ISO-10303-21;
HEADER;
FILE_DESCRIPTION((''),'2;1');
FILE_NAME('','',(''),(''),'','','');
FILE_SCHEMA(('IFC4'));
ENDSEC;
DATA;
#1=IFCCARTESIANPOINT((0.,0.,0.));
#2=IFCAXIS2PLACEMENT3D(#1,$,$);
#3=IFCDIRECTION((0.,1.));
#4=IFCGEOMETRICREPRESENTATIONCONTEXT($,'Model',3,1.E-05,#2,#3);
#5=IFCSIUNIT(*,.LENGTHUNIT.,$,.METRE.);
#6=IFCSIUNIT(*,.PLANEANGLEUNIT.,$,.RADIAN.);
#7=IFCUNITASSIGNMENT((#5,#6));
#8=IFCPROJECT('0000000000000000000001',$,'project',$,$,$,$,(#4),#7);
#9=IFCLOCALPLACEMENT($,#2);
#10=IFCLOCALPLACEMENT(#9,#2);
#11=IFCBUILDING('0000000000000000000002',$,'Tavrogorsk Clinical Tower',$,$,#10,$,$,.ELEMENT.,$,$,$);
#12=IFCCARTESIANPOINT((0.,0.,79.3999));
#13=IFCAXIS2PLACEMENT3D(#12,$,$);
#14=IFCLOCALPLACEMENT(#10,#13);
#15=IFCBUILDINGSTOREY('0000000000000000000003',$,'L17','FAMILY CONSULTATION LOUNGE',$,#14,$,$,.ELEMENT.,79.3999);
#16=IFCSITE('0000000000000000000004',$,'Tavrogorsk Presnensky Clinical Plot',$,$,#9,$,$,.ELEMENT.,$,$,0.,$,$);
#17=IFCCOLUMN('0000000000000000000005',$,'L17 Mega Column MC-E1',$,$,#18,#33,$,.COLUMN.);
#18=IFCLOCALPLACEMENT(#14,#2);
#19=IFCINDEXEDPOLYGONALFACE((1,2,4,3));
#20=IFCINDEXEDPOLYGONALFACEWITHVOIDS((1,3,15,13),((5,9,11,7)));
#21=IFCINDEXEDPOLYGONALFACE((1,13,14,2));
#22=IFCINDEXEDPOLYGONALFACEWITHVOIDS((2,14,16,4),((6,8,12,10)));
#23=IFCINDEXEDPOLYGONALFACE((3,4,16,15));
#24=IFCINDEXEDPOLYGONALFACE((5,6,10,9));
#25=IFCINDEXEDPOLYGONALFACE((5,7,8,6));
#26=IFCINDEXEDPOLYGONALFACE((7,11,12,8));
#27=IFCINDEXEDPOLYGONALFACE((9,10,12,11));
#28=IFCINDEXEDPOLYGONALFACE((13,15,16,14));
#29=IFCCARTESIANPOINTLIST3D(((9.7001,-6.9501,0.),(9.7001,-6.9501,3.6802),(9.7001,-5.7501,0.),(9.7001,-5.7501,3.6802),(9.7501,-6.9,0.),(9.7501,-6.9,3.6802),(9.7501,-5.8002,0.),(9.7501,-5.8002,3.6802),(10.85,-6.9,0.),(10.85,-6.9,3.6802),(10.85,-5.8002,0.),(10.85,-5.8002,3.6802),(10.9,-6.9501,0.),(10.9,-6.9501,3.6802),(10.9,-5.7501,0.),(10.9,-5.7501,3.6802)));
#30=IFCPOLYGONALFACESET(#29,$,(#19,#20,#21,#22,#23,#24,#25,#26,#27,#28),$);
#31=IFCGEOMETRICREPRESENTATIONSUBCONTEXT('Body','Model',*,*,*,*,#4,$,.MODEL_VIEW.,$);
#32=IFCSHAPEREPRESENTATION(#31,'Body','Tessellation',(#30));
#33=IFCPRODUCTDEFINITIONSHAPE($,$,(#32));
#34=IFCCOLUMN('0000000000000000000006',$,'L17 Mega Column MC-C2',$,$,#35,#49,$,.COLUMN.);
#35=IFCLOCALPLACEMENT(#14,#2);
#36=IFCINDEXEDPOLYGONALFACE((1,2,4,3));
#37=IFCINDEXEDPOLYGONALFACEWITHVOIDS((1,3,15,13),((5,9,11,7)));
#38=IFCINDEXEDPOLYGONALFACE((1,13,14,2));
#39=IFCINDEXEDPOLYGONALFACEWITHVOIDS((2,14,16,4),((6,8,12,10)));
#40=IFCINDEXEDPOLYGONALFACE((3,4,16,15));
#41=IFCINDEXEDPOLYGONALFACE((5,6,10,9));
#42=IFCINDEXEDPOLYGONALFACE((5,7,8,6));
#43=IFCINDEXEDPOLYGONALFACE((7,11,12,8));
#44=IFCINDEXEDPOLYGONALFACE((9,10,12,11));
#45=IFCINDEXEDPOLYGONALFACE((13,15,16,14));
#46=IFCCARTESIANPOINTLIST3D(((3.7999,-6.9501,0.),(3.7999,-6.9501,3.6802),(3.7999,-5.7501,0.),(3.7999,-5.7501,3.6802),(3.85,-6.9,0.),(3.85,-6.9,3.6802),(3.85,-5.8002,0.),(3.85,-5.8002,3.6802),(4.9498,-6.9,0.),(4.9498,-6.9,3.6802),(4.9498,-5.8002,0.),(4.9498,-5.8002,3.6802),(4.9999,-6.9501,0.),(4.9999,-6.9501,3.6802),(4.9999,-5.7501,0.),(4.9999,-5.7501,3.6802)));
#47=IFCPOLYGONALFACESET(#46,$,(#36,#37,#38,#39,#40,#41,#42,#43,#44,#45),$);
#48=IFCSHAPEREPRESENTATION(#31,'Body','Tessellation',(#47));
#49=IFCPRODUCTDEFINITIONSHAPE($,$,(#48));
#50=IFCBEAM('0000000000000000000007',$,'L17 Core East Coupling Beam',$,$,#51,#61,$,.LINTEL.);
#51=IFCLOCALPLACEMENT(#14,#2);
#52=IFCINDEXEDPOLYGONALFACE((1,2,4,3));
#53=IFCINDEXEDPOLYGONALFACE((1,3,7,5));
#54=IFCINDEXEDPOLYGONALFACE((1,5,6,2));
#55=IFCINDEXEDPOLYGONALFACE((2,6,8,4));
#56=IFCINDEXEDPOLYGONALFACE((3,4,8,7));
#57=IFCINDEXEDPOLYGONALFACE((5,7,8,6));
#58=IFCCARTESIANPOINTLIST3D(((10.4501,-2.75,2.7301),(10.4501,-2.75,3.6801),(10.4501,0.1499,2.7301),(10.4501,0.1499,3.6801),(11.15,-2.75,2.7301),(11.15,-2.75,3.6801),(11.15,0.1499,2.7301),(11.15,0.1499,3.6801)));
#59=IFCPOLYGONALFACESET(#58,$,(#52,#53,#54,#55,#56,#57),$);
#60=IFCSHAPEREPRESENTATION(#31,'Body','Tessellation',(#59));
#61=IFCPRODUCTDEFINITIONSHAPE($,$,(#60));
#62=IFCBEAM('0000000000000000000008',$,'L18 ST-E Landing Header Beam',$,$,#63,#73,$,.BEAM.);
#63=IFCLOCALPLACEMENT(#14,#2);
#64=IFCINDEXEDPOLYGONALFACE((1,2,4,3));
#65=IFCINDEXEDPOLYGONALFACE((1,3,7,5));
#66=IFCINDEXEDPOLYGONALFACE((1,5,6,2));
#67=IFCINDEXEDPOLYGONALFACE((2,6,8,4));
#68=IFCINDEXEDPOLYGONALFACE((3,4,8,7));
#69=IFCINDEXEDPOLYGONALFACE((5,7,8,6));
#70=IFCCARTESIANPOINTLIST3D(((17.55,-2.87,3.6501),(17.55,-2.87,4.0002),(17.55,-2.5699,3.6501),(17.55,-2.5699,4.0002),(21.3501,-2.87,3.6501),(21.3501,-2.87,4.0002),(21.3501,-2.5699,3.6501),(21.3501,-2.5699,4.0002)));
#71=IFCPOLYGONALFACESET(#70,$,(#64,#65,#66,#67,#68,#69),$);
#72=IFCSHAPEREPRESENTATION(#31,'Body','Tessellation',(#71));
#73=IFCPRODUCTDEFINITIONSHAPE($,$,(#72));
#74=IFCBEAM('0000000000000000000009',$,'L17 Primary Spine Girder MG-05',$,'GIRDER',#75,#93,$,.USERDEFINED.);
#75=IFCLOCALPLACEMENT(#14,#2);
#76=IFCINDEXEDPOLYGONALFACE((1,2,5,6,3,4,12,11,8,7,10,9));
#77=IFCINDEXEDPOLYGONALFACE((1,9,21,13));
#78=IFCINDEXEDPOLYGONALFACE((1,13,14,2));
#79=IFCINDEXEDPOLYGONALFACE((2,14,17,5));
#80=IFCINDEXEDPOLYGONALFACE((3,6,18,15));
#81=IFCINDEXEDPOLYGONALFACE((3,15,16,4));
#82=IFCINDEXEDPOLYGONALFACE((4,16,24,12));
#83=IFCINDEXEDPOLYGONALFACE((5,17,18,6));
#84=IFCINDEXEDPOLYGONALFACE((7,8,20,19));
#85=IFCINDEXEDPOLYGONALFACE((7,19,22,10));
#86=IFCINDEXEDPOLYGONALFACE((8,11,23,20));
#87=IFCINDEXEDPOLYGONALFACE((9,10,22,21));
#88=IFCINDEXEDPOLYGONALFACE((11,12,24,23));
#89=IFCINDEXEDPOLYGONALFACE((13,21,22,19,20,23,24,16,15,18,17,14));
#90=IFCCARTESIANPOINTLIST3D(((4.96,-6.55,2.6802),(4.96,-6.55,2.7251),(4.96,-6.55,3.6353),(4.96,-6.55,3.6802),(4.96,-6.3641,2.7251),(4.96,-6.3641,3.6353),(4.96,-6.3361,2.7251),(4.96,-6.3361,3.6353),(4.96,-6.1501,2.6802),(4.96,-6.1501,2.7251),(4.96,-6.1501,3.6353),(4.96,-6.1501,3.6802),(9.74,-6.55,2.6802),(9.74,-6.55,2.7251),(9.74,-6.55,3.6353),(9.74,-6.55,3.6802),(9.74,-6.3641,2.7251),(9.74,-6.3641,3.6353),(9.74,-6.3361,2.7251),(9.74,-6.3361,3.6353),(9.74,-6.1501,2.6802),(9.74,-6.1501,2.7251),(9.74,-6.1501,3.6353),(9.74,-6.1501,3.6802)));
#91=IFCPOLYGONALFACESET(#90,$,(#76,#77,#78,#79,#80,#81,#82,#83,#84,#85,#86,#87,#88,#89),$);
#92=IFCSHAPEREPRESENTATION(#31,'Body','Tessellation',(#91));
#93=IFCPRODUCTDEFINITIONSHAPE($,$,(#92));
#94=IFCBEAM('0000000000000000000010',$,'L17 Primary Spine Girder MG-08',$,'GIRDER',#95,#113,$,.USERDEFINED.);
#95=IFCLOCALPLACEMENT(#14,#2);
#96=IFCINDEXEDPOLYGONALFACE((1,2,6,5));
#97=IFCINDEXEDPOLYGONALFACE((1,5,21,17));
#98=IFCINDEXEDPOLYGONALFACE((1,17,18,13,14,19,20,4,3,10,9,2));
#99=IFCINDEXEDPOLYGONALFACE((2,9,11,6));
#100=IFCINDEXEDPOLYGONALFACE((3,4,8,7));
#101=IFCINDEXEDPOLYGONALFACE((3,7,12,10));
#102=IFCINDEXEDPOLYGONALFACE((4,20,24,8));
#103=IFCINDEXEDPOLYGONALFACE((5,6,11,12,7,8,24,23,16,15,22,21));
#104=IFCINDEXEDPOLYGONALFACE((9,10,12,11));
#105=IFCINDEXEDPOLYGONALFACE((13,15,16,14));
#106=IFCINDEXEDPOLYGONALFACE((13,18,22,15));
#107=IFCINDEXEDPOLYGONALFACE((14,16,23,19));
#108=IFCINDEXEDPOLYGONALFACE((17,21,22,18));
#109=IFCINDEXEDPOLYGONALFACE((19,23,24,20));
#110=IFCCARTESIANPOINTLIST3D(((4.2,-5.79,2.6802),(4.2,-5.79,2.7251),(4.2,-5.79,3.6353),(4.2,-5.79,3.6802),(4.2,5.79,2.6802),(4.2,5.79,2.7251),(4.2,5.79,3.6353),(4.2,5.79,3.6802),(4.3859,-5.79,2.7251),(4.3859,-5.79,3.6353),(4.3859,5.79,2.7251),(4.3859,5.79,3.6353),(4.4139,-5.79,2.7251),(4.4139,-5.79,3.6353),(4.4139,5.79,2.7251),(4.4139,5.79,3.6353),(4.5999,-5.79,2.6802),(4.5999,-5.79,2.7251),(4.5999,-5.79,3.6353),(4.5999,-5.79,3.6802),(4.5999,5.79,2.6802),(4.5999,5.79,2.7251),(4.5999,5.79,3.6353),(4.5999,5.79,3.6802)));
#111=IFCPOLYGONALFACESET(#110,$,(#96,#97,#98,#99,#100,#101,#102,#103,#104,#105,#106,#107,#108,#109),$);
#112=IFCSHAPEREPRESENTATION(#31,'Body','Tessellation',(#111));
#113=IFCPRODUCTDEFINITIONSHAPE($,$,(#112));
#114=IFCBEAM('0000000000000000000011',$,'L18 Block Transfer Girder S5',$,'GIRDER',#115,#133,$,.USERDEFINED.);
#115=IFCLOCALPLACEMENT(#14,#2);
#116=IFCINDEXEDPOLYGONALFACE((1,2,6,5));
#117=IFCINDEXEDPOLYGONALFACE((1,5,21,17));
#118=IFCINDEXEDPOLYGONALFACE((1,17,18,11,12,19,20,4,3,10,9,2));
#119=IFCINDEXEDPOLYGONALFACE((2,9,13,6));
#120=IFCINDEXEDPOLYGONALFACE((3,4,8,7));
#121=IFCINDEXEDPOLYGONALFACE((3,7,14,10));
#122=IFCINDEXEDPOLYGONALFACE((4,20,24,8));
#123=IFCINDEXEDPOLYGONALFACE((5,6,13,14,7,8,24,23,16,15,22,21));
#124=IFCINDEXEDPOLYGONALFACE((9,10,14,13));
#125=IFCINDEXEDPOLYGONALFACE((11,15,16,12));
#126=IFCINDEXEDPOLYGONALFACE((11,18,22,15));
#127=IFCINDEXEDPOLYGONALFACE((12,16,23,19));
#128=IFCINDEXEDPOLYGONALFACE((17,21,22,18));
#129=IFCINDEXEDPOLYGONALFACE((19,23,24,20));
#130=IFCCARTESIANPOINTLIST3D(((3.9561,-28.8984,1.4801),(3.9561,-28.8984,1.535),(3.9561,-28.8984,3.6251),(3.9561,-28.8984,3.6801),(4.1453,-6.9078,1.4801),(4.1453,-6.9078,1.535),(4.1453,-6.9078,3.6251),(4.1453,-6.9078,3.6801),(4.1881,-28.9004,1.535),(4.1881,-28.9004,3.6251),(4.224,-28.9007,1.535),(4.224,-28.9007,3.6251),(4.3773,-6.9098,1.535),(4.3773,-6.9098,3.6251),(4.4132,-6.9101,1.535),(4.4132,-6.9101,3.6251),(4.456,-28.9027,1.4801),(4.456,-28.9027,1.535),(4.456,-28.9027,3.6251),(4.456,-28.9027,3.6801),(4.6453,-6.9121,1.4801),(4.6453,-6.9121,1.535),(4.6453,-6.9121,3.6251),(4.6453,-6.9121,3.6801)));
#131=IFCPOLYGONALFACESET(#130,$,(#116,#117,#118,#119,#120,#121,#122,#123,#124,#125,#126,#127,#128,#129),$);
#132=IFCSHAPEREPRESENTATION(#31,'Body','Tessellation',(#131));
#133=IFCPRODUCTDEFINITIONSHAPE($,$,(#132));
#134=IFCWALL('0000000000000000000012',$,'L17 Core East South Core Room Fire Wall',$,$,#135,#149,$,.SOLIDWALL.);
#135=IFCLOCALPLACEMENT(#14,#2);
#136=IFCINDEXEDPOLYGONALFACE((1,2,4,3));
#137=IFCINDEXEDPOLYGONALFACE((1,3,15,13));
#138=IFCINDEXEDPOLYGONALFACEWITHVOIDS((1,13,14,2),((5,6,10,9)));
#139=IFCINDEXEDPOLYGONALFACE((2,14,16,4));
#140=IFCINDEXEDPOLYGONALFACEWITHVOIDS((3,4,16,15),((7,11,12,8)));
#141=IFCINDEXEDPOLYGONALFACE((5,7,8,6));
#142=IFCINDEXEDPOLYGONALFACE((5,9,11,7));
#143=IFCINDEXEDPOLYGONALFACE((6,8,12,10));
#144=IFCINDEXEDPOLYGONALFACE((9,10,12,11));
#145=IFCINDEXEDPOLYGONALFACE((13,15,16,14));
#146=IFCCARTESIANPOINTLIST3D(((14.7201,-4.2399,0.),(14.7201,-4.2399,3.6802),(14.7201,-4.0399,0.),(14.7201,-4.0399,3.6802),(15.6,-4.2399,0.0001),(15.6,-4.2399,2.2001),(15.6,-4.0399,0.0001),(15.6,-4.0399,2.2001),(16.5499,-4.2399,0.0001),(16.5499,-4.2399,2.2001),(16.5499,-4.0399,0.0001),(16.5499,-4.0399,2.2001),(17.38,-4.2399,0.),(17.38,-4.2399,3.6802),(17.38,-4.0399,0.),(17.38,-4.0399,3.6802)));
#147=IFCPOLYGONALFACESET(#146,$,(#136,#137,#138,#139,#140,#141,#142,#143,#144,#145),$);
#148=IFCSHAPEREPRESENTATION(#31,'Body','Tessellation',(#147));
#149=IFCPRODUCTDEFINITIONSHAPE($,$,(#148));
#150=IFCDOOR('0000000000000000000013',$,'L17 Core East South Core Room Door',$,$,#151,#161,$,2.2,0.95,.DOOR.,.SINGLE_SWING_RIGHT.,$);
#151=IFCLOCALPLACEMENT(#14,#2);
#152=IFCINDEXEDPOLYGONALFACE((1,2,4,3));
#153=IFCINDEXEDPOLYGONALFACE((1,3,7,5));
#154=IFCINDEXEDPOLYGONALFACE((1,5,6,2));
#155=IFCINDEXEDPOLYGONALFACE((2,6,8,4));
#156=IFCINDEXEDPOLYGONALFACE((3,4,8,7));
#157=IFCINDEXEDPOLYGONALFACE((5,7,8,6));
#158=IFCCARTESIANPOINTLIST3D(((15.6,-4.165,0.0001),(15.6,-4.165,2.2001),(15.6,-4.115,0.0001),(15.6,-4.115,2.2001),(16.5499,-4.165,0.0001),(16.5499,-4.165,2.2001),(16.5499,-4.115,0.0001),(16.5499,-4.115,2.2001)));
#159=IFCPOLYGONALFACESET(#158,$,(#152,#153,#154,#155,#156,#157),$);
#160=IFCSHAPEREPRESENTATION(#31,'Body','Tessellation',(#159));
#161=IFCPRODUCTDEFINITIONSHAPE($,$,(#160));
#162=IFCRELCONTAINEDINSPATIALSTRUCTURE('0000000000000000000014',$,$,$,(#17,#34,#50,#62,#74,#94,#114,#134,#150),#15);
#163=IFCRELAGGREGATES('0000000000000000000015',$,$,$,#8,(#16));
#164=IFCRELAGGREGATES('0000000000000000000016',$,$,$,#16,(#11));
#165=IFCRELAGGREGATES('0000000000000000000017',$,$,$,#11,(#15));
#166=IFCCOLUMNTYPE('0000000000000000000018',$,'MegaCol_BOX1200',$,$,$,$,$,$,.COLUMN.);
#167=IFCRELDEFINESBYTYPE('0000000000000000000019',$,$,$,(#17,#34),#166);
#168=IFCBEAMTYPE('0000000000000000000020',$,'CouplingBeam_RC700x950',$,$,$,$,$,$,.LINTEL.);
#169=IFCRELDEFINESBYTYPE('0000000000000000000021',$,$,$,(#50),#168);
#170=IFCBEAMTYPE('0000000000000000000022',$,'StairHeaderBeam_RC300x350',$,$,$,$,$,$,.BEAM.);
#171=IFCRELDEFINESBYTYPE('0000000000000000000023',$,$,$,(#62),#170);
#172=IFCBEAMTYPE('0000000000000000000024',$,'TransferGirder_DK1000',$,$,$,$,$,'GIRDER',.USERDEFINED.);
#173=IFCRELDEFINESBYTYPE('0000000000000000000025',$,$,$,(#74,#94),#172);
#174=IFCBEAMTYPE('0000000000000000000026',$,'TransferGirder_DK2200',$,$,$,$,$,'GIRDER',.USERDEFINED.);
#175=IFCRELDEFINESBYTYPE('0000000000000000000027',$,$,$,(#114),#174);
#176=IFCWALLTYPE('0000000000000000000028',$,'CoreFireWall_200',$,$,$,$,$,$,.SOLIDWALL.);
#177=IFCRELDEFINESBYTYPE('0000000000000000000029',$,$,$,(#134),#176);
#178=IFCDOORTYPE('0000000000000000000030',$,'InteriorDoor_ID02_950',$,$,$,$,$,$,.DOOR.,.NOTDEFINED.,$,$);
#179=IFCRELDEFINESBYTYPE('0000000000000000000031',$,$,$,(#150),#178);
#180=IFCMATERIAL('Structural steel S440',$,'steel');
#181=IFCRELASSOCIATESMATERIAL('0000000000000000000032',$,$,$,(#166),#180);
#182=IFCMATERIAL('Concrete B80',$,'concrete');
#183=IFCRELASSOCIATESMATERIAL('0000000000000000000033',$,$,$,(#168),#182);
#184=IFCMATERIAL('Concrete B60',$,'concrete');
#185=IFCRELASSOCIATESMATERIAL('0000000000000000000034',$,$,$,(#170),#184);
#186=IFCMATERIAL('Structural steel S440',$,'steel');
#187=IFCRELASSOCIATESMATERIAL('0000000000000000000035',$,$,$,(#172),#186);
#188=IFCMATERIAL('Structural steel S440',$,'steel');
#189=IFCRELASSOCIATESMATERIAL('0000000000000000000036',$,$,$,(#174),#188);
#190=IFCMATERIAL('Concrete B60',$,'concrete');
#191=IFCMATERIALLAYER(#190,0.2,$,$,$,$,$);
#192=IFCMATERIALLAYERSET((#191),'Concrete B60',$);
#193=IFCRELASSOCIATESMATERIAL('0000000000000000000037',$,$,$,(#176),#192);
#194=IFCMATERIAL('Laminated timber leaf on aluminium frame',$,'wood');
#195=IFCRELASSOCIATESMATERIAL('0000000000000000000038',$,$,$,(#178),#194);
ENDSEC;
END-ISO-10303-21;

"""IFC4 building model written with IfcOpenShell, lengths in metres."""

from ifc_helpers import new_model, si_unit, direction, frame, frame_2d, origin, origin_2d, place, context, subcontext, project, spatial, rectangle, hollow_rectangle, i_section, extrude, material, layer, layer_set, material_profile, profile_set, type_object, element, fill, save


model = new_model("IFC4")

# Units and contexts
model_context = context("Model", 3, precision=1e-05, world=origin(), true_north=direction((0.0, 1.0)))
body_context = subcontext(model_context, "Body", "Model", "MODEL_VIEW")
ifc_project = project(units=[si_unit("LENGTHUNIT", "METRE"), si_unit("PLANEANGLEUNIT", "RADIAN")], contexts=[model_context])

# Site, building, storey
site_placement = place(None, origin())
site = spatial("IfcSite", under=ifc_project, at=site_placement, Name="Tavrogorsk Presnensky Clinical Plot", CompositionType="ELEMENT", RefElevation=0.0)
building_placement = place(site_placement, origin())
building = spatial("IfcBuilding", under=site, at=building_placement, Name="Tavrogorsk Clinical Tower", CompositionType="ELEMENT")
storey_placement = place(building_placement, frame((0.0, 0.0, 79.3999)))
storey = spatial("IfcBuildingStorey", under=building, at=storey_placement, Name="L17", Description="FAMILY CONSULTATION LOUNGE", CompositionType="ELEMENT", Elevation=79.3999)

# Columns
ifc_material_1 = material(Name="Structural steel S440", Category="steel")
ifc_material_profile_1 = material_profile(ifc_material_1, hollow_rectangle(XDim=1.2, YDim=1.2, WallThickness=0.05, at=origin_2d()), Name="BOX-1200x1200x50")
ifc_profile_set_1 = profile_set([ifc_material_profile_1], Name="Structural steel S440")
column_type = type_object("IfcColumnType", Name="MegaCol_BOX1200", PredefinedType="COLUMN", material=ifc_profile_set_1)
for number, where, z_axis, x_axis, name in (
    (1, (10.3, -6.3501, 0.0), (0.0, 0.0, 1.0), (1.0, 0.0, 0.0), "L17 Mega Column MC-E1"),
    (2, (4.3999, -6.3501, 0.0), (0.0, 0.0, 1.0), (1.0, 0.0, 0.0), "L17 Mega Column MC-C2"),
):
    element("IfcColumn", number, at=place(storey_placement, frame(where, z_axis=z_axis, x_axis=x_axis)), inside=storey, type_object=column_type, Name=name, PredefinedType="COLUMN", context=body_context, shape_type="SweptSolid", body=[
        extrude(hollow_rectangle(XDim=1.2, YDim=1.2, WallThickness=0.05, at=origin_2d()), origin(), (0.0, 0.0, 1.0), 3.6802),
    ])

# Beams
ifc_material_2 = material(Name="Concrete B80", Category="concrete")
ifc_material_profile_2 = material_profile(ifc_material_2, rectangle(XDim=0.7, YDim=0.95, at=origin_2d()), Name="RC-CB-700x950")
ifc_profile_set_2 = profile_set([ifc_material_profile_2], Name="Concrete B80")
beam_type_1 = type_object("IfcBeamType", Name="CouplingBeam_RC700x950", PredefinedType="LINTEL", material=ifc_profile_set_2)
beam_1_placement = place(storey_placement, frame((10.8, -2.75, 3.2051), z_axis=(0.0, 1.0, 0.0), x_axis=(-1.0, 0.0, 0.0)))
element("IfcBeam", 3, at=beam_1_placement, inside=storey, type_object=beam_type_1, Name="L17 Core East Coupling Beam", PredefinedType="LINTEL", context=body_context, shape_type="SweptSolid", body=[
    extrude(rectangle(XDim=0.7, YDim=0.95, at=origin_2d()), origin(), (0.0, 0.0, 1.0), 2.8999),
])
ifc_material_3 = material(Name="Concrete B60", Category="concrete")
ifc_material_profile_3 = material_profile(ifc_material_3, rectangle(XDim=0.3, YDim=0.3501, at=origin_2d()), Name="RC-SHB-300x350")
ifc_profile_set_3 = profile_set([ifc_material_profile_3], Name="Concrete B60")
beam_type_2 = type_object("IfcBeamType", Name="StairHeaderBeam_RC300x350", PredefinedType="BEAM", material=ifc_profile_set_3)
beam_2_placement = place(storey_placement, frame((17.55, -2.72, 3.8252), z_axis=(1.0, 0.0, 0.0), x_axis=(0.0, 1.0, 0.0)))
element("IfcBeam", 4, at=beam_2_placement, inside=storey, type_object=beam_type_2, Name="L18 ST-E Landing Header Beam", PredefinedType="BEAM", context=body_context, shape_type="SweptSolid", body=[
    extrude(rectangle(XDim=0.3, YDim=0.3501, at=origin_2d()), origin(), (0.0, 0.0, 1.0), 3.8),
])
ifc_material_4 = material(Name="Structural steel S440", Category="steel")
ifc_material_profile_4 = material_profile(ifc_material_4, i_section(OverallWidth=0.3999, OverallDepth=1.0, WebThickness=0.0281, FlangeThickness=0.0449, at=origin_2d()), Name="DK-1000x400x28x45")
ifc_profile_set_4 = profile_set([ifc_material_profile_4], Name="Structural steel S440")
beam_type_3 = type_object("IfcBeamType", Name="TransferGirder_DK1000", ElementType="GIRDER", PredefinedType="USERDEFINED", material=ifc_profile_set_4)
beam_3_placement = place(storey_placement, frame((4.96, -6.3501, 3.1802), z_axis=(1.0, 0.0, 0.0), x_axis=(0.0, 1.0, 0.0)))
element("IfcBeam", 5, at=beam_3_placement, inside=storey, type_object=beam_type_3, Name="L17 Primary Spine Girder MG-05", ObjectType="GIRDER", PredefinedType="USERDEFINED", context=body_context, shape_type="SweptSolid", body=[
    extrude(i_section(OverallWidth=0.3999, OverallDepth=1.0, WebThickness=0.0281, FlangeThickness=0.0449, at=origin_2d()), origin(), (0.0, 0.0, 1.0), 4.78),
])
beam_4_placement = place(storey_placement, frame((4.3999, -5.79, 3.1802), z_axis=(0.0, 1.0, 0.0), x_axis=(-1.0, 0.0, 0.0)))
element("IfcBeam", 6, at=beam_4_placement, inside=storey, type_object=beam_type_3, Name="L17 Primary Spine Girder MG-08", ObjectType="GIRDER", PredefinedType="USERDEFINED", context=body_context, shape_type="SweptSolid", body=[
    extrude(i_section(OverallWidth=0.3999, OverallDepth=1.0, WebThickness=0.0281, FlangeThickness=0.0449, at=origin_2d()), origin(), (0.0, 0.0, 1.0), 11.5801),
])
ifc_material_5 = material(Name="Structural steel S440", Category="steel")
ifc_material_profile_5 = material_profile(ifc_material_5, i_section(OverallWidth=0.5, OverallDepth=2.2, WebThickness=0.0359, FlangeThickness=0.0549, at=origin_2d()), Name="DK-2200x500x36x55")
ifc_profile_set_5 = profile_set([ifc_material_profile_5], Name="Structural steel S440")
beam_type_4 = type_object("IfcBeamType", Name="TransferGirder_DK2200", ElementType="GIRDER", PredefinedType="USERDEFINED", material=ifc_profile_set_5)
beam_5_placement = place(storey_placement, frame((4.3953, -6.9099, 2.5801), z_axis=(-0.008604, -0.999963, 0.0), x_axis=(0.999963, -0.008604, 0.0)))
element("IfcBeam", 7, at=beam_5_placement, inside=storey, type_object=beam_type_4, Name="L18 Block Transfer Girder S5", ObjectType="GIRDER", PredefinedType="USERDEFINED", context=body_context, shape_type="SweptSolid", body=[
    extrude(i_section(OverallWidth=0.5, OverallDepth=2.2, WebThickness=0.0359, FlangeThickness=0.0549, at=origin_2d()), origin(), (0.0, 0.0, 1.0), 21.9915),
])

# Wall, opening, door
ifc_material_6 = material(Name="Concrete B60", Category="concrete")
ifc_layer_1 = layer(ifc_material_6, 0.2)
ifc_layer_set_1 = layer_set([ifc_layer_1], Name="Concrete B60")
wall_type_1 = type_object("IfcWallType", Name="CoreFireWall_200", PredefinedType="SOLIDWALL", material=ifc_layer_set_1)
wall_1_placement = place(storey_placement, frame((14.72, -4.1399, 0.0), z_axis=(0.0, 0.0, 1.0), x_axis=(1.0, 0.0, 0.0)))
wall_1 = element("IfcWall", 8, at=wall_1_placement, inside=storey, type_object=wall_type_1, Name="L17 Core East South Core Room Fire Wall", PredefinedType="SOLIDWALL", context=body_context, shape_type="SweptSolid", body=[
    extrude(rectangle(XDim=2.6599, YDim=0.2, at=frame_2d((1.3301, 0.0))), origin(), (0.0, 0.0, 1.0), 3.6802),
])
opening_1_placement = place(wall_1_placement, frame((0.8799, 0.0, 0.0)))
opening_1 = element("IfcOpeningElement", 9, at=opening_1_placement, cuts=wall_1, PredefinedType="OPENING", context=body_context, shape_type="SweptSolid", body=[
    extrude(rectangle(XDim=0.95, YDim=2.2, at=frame_2d((0.4751, 1.1001))), frame((0.0, 0.1099, 0.0), z_axis=(0.0, -1.0, 0.0), x_axis=(1.0, 0.0, 0.0)), (0.0, 0.0, 1.0), 0.22),
])
ifc_material_7 = material(Name="Laminated timber leaf on aluminium frame", Category="wood")
door_type_1 = type_object("IfcDoorType", Name="InteriorDoor_ID02_950", OperationType="NOTDEFINED", PredefinedType="DOOR", material=ifc_material_7)
door_1_placement = place(opening_1_placement, origin())
door_1 = element("IfcDoor", 10, at=door_1_placement, inside=storey, type_object=door_type_1, Name="L17 Core East South Core Room Door", OperationType="SINGLE_SWING_RIGHT", OverallHeight=2.2, OverallWidth=0.95, PredefinedType="DOOR", context=body_context, shape_type="SweptSolid", body=[
    extrude(rectangle(XDim=0.95, YDim=2.2, at=frame_2d((0.4751, 1.1001))), frame((0.0, 0.0249, 0.0), z_axis=(0.0, -1.0, 0.0), x_axis=(1.0, 0.0, 0.0)), (0.0, 0.0, 1.0), 0.05),
])
fill(opening_1, door_1)

save(model, "model.ifc")
